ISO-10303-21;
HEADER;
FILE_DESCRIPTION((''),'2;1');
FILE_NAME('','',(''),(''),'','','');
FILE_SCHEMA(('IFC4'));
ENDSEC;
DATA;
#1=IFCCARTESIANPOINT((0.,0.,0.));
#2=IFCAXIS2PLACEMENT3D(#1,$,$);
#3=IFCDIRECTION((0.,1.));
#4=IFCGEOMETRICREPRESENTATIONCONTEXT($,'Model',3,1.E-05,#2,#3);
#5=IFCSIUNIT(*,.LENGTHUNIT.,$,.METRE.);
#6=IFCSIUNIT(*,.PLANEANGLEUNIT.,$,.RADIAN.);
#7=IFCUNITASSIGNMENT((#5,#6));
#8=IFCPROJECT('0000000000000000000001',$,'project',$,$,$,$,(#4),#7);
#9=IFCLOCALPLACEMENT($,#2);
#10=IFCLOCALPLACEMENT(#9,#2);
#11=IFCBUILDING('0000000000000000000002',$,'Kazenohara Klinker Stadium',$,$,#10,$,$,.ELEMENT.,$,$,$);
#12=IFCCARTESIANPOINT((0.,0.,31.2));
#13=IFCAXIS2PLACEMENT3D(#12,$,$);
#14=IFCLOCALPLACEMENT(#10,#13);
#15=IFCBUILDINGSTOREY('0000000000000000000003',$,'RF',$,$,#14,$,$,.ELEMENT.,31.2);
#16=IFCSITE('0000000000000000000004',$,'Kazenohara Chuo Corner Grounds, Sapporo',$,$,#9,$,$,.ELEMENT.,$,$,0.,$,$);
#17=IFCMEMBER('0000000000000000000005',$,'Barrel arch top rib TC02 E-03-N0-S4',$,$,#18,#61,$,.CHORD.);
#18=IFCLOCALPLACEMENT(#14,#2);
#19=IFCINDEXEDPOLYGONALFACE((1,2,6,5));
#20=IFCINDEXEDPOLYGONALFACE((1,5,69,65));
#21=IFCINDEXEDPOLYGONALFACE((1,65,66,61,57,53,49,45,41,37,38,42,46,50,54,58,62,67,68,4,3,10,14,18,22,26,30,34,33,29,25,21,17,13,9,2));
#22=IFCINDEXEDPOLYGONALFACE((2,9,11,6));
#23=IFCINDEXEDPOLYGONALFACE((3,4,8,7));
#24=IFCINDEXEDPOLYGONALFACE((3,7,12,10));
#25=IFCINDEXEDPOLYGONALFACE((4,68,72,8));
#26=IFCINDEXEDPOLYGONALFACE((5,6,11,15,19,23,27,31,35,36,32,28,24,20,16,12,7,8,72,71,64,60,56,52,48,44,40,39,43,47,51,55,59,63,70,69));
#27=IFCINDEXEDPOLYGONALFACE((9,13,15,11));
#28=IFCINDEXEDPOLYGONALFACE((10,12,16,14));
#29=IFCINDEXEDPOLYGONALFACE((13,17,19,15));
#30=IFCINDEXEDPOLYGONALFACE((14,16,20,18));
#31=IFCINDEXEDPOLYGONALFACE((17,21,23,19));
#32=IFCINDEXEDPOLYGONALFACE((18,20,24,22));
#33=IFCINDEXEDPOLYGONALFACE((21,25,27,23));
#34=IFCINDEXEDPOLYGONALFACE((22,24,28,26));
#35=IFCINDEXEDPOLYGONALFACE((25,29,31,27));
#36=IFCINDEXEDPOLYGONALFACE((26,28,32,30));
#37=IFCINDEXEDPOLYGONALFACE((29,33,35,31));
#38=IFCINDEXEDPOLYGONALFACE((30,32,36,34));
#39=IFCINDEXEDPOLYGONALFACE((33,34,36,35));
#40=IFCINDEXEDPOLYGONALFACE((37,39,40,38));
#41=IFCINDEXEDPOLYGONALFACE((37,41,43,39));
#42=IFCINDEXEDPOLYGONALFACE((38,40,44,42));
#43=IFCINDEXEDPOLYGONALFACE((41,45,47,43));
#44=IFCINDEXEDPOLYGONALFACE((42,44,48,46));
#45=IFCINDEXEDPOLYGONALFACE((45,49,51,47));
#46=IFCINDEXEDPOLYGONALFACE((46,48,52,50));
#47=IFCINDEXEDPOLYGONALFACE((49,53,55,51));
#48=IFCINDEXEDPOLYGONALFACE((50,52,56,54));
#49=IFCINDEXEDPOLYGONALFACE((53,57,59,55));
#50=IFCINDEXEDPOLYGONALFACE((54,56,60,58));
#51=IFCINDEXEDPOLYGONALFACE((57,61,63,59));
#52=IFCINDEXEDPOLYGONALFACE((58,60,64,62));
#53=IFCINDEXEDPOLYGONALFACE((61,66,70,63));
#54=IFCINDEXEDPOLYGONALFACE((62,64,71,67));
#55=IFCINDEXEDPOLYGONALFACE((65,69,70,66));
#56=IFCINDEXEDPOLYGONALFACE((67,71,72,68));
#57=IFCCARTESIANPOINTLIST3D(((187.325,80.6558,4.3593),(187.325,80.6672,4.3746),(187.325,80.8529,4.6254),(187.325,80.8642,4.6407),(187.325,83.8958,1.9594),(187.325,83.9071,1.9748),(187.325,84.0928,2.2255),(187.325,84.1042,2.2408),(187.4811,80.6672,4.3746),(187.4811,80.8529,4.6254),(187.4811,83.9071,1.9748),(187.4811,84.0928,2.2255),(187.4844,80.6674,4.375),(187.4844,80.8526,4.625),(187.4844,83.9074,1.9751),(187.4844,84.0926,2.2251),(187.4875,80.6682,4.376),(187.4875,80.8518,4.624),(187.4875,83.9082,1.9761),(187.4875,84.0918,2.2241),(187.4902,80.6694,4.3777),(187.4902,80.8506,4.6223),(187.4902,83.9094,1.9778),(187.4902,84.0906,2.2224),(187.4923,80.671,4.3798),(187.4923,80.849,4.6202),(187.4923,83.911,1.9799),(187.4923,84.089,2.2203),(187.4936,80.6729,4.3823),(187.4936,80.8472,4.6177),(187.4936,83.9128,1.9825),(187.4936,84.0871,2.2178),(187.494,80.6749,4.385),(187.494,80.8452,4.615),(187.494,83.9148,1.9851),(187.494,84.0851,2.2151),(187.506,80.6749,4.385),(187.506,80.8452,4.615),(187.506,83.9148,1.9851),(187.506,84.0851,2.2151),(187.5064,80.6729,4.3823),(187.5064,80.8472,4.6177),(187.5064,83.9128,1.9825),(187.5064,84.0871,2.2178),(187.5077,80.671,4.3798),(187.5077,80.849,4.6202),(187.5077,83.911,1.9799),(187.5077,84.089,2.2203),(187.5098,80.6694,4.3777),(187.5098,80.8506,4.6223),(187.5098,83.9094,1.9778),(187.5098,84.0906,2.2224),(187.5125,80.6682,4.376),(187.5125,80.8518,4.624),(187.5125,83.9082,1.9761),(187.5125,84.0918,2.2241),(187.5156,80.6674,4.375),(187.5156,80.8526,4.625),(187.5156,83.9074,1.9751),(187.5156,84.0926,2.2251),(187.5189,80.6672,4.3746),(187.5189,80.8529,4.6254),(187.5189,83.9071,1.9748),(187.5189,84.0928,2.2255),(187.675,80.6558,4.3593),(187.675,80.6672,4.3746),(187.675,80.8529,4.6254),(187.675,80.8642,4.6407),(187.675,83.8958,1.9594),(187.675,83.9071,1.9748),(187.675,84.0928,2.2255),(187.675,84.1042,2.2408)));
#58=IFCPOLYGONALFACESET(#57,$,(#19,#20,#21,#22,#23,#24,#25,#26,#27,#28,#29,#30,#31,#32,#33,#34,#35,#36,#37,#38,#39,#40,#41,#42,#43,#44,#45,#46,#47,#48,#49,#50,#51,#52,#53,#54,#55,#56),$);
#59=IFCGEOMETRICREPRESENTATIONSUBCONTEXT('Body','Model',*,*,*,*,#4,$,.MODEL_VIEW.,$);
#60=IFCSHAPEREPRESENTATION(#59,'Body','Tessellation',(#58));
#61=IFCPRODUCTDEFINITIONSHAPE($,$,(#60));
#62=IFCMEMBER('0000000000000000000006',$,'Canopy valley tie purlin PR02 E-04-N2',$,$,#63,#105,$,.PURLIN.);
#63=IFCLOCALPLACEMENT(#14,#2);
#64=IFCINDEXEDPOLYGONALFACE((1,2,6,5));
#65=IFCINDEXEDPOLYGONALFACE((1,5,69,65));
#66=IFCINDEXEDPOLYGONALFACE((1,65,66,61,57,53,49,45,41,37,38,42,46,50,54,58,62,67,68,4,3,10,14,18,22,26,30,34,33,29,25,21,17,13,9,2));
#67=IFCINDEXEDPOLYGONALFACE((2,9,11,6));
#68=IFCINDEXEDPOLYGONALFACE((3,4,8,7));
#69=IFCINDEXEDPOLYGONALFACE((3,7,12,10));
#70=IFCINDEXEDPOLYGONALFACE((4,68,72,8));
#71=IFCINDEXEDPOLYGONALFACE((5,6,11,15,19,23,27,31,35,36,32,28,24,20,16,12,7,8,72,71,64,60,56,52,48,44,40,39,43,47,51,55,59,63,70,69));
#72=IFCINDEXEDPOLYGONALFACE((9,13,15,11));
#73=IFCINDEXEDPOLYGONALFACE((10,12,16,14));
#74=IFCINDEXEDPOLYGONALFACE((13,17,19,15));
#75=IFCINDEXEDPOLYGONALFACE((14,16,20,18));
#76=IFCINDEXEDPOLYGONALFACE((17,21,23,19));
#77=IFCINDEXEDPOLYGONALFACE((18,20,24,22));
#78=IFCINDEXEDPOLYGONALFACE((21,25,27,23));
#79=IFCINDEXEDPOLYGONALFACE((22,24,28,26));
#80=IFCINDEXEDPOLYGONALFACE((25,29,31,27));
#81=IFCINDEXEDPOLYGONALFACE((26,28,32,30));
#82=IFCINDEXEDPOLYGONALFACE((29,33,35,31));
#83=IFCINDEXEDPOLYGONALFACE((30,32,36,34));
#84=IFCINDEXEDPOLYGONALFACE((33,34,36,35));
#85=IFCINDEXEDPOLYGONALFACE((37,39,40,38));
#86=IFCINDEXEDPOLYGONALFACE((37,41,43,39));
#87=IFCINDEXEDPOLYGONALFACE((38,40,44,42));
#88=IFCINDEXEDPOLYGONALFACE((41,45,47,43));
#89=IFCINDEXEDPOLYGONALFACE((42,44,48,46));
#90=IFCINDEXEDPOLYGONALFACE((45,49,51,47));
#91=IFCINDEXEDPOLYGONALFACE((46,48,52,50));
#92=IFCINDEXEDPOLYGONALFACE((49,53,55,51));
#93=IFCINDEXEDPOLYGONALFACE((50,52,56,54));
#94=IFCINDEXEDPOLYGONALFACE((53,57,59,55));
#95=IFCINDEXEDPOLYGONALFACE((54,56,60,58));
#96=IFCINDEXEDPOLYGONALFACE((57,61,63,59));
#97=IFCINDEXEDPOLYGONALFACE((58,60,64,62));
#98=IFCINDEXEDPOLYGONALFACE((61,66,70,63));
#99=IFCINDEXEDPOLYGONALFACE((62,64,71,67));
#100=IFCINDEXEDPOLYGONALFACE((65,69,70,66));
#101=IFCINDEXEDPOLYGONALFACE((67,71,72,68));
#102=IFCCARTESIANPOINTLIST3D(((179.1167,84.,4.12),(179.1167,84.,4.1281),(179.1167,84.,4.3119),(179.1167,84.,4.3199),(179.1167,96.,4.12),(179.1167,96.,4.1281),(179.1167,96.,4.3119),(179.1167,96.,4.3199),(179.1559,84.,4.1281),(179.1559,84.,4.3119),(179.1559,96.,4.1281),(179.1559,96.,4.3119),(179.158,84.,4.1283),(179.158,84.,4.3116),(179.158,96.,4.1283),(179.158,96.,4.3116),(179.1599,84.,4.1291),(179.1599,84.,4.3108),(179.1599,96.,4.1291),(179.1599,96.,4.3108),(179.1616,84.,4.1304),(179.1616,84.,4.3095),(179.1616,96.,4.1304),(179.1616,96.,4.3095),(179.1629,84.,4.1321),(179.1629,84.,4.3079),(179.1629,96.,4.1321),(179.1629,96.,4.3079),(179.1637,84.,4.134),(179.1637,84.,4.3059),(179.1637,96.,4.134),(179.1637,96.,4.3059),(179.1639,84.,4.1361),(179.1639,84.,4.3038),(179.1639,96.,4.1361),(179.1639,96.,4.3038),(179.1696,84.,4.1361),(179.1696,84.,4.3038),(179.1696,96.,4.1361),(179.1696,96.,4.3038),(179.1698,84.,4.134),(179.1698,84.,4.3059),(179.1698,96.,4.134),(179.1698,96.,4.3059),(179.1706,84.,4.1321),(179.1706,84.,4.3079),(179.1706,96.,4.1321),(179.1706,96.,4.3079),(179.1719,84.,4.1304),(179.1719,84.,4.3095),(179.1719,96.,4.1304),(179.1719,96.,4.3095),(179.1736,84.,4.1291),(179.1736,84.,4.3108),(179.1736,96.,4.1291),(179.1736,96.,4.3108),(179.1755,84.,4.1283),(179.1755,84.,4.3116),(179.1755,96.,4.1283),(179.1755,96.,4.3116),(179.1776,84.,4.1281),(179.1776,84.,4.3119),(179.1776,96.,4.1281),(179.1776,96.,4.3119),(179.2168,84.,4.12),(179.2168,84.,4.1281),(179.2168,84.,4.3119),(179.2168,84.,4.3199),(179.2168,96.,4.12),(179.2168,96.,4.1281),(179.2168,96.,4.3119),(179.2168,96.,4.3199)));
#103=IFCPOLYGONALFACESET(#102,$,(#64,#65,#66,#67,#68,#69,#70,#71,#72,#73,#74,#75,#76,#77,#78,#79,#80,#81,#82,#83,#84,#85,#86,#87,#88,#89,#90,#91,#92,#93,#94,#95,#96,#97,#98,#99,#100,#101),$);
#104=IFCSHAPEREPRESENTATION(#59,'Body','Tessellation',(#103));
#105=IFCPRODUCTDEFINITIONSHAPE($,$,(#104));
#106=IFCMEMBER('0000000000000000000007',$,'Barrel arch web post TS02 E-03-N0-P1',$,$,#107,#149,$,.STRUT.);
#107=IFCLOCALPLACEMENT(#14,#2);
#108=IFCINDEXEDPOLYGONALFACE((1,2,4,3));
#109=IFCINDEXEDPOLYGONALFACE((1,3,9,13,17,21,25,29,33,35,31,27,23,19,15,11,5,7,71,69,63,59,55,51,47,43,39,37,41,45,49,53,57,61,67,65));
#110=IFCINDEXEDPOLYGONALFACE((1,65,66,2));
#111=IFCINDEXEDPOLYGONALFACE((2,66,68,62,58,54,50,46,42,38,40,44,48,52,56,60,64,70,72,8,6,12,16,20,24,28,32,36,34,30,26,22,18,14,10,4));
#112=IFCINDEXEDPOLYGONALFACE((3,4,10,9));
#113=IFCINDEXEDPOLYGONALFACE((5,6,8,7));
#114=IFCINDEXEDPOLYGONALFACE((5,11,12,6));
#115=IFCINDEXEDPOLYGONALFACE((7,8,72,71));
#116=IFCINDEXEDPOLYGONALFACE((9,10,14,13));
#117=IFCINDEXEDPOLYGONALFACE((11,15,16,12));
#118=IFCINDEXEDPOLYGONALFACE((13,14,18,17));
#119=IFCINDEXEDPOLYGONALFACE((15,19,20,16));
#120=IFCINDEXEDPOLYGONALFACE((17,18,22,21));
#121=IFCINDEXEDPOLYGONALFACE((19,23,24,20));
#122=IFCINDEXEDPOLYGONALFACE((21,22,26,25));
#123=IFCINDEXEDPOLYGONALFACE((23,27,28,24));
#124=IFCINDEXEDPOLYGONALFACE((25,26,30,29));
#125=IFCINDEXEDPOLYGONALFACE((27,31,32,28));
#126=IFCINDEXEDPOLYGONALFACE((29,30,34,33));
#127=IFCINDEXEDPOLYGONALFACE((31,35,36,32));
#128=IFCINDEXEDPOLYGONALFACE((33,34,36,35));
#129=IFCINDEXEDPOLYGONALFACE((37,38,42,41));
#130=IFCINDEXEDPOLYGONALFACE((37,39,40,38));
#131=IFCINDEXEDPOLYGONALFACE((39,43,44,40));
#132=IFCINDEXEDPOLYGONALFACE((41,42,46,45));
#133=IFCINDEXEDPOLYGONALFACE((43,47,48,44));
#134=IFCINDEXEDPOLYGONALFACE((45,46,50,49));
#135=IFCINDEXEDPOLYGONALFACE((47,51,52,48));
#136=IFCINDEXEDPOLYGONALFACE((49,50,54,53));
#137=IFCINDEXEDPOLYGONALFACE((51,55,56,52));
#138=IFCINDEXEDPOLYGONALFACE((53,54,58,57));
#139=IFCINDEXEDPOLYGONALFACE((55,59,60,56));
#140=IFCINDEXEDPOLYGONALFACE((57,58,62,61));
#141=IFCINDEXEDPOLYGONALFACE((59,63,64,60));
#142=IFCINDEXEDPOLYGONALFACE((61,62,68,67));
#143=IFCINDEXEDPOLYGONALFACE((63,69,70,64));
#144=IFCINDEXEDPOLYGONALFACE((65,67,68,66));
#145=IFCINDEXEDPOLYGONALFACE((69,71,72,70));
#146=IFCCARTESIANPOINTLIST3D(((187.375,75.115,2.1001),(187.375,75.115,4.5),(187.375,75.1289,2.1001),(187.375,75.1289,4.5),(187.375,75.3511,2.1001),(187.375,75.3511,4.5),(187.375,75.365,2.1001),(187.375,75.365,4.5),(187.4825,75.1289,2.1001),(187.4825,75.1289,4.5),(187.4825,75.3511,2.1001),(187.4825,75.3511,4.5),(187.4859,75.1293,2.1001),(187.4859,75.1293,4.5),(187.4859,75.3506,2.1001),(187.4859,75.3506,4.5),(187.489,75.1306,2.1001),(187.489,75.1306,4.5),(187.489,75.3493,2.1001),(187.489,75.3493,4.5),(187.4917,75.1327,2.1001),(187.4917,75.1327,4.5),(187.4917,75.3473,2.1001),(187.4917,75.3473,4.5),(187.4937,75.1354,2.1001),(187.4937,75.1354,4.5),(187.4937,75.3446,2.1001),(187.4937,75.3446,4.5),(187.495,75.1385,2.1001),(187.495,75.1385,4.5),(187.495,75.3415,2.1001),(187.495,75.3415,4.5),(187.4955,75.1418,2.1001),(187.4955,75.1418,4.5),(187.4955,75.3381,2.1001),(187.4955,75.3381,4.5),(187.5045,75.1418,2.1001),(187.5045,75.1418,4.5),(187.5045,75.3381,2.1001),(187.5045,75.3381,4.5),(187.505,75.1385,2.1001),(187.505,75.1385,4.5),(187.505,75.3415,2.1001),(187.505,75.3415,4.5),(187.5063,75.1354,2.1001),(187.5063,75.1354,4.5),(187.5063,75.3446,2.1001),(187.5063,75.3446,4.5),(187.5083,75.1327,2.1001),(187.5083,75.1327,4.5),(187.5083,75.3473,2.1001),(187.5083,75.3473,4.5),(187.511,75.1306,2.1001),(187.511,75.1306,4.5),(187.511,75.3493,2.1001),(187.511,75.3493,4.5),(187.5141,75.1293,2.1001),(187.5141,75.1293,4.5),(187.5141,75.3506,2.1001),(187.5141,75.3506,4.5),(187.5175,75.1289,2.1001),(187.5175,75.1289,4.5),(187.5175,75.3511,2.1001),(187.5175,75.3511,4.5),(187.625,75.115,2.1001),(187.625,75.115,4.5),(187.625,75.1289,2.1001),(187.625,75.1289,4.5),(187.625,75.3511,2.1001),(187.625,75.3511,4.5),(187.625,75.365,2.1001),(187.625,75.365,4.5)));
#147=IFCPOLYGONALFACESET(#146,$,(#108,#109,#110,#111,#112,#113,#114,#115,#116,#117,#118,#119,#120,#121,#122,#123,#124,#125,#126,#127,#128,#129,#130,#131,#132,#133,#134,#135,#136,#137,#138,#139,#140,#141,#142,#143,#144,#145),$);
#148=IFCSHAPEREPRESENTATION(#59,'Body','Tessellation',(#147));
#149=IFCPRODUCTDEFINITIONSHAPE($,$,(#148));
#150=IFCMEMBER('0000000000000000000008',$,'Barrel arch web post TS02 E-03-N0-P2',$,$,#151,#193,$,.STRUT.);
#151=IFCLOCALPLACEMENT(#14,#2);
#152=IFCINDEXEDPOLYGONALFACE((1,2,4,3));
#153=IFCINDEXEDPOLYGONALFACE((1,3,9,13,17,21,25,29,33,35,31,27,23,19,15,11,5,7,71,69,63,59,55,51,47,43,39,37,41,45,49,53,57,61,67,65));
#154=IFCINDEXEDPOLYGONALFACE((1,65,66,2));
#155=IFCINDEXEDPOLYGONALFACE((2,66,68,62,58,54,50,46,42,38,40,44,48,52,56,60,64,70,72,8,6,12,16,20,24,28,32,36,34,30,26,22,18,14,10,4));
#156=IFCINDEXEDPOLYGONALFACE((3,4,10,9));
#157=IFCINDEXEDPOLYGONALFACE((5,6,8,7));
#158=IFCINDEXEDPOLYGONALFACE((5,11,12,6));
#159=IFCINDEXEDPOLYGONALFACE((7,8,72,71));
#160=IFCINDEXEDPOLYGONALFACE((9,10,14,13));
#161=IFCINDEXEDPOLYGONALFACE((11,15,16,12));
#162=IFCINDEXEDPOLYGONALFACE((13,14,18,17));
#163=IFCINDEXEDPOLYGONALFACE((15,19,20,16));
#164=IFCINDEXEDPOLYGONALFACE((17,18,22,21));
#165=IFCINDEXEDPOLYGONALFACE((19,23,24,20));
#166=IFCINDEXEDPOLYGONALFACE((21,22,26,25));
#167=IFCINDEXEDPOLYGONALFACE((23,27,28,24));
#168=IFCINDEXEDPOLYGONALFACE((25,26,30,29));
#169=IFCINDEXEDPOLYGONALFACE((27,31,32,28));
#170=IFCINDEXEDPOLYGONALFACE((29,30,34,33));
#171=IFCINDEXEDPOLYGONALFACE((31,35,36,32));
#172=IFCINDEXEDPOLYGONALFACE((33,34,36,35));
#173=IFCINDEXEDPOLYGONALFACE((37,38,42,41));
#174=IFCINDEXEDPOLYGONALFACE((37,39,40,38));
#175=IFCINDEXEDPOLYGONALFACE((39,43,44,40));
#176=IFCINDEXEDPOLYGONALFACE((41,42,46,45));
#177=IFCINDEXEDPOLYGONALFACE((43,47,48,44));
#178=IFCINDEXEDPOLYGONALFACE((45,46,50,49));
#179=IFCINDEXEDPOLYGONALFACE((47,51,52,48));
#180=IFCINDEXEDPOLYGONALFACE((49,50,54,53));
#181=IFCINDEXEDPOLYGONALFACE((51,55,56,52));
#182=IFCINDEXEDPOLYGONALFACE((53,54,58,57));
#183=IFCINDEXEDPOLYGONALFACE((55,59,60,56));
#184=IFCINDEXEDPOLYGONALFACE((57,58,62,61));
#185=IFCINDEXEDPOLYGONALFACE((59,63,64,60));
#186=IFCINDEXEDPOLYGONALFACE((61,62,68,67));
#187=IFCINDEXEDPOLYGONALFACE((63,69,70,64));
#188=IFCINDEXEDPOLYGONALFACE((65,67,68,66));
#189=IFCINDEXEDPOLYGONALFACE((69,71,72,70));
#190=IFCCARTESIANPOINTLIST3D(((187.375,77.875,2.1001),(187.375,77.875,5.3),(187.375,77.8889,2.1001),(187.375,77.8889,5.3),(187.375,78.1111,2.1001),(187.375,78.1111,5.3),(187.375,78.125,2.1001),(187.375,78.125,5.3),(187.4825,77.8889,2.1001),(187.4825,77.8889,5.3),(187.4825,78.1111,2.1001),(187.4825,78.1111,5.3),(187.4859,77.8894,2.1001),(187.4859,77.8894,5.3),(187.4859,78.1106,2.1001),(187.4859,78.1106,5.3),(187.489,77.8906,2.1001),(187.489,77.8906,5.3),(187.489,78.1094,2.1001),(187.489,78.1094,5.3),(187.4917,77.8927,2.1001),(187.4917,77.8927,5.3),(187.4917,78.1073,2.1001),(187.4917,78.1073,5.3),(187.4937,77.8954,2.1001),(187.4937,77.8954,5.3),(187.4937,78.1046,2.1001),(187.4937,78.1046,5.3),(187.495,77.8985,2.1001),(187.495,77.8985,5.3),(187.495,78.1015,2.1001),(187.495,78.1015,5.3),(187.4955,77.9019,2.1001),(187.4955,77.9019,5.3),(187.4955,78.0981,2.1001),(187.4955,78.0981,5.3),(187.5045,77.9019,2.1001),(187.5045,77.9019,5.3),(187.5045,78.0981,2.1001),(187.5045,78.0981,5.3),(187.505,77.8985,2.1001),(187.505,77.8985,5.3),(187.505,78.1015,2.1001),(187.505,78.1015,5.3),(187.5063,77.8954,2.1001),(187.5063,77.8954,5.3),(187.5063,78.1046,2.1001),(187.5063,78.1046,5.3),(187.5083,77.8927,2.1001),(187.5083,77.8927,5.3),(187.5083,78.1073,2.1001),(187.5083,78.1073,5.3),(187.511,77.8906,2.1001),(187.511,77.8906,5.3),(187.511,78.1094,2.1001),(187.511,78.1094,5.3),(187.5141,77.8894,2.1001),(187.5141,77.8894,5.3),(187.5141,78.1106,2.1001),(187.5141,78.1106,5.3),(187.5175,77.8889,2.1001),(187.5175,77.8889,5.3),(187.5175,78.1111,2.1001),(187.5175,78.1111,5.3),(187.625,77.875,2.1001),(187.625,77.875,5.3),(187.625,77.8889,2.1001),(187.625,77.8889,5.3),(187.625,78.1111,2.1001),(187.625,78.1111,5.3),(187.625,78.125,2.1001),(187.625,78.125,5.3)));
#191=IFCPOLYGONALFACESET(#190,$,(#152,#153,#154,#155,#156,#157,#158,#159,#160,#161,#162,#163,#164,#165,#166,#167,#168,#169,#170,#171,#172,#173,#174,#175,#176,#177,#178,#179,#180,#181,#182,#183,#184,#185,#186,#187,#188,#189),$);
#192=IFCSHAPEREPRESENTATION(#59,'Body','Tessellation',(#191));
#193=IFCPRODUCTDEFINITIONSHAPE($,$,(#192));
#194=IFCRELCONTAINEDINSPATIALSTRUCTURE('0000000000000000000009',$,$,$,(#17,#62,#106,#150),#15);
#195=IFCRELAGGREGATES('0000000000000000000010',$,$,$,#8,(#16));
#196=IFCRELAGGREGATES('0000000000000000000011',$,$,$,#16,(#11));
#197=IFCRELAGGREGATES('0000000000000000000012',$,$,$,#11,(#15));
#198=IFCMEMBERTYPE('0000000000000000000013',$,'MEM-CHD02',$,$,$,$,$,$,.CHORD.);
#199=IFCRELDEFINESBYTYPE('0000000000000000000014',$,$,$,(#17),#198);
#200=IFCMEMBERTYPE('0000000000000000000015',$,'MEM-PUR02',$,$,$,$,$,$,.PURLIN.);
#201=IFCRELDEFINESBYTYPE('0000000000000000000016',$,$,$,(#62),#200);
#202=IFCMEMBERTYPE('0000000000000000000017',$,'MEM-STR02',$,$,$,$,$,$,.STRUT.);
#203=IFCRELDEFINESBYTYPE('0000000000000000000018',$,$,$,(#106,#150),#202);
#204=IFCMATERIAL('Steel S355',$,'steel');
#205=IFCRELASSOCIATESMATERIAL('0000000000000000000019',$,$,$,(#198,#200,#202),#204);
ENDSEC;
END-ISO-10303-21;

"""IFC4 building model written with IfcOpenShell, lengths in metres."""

from ifc_helpers import new_model, si_unit, direction, frame, origin, origin_2d, place, context, subcontext, project, spatial, i_section, extrude, material, material_profile, profile_set, type_object, element, save


model = new_model("IFC4")

# Units and contexts
model_context = context("Model", 3, precision=1e-05, world=origin(), true_north=direction((0.0, 1.0)))
body_context = subcontext(model_context, "Body", "Model", "MODEL_VIEW")
ifc_project = project(units=[si_unit("LENGTHUNIT", "METRE"), si_unit("PLANEANGLEUNIT", "RADIAN")], contexts=[model_context])

# Site, building, storey
site_placement = place(None, origin())
site = spatial("IfcSite", under=ifc_project, at=site_placement, Name="Kazenohara Chuo Corner Grounds, Sapporo", CompositionType="ELEMENT", RefElevation=0.0)
building_placement = place(site_placement, origin())
building = spatial("IfcBuilding", under=site, at=building_placement, Name="Kazenohara Klinker Stadium", CompositionType="ELEMENT")
storey_placement = place(building_placement, frame((0.0, 0.0, 31.2)))
storey = spatial("IfcBuildingStorey", under=building, at=storey_placement, Name="RF", CompositionType="ELEMENT", Elevation=31.2)

# Members
ifc_material_1 = material(Name="Steel S355", Category="steel")
ifc_material_profile_1 = material_profile(ifc_material_1, i_section(OverallWidth=0.3501, OverallDepth=0.3501, WebThickness=0.012, FlangeThickness=0.019, FilletRadius=0.0129, at=origin_2d()), Name="H-350x350x12x19")
ifc_profile_set_1 = profile_set([ifc_material_profile_1], Name="Steel S355")
member_type_1 = type_object("IfcMemberType", Name="MEM-CHD02", PredefinedType="CHORD", material=ifc_profile_set_1)
member_1_placement = place(storey_placement, frame((187.5, 80.76, 4.5), z_axis=(0.0, 0.803568, -0.595213), x_axis=(-1.0, 0.0, 0.0)))
element("IfcMember", 1, at=member_1_placement, inside=storey, type_object=member_type_1, Name="Barrel arch top rib TC02 E-03-N0-S4", PredefinedType="CHORD", context=body_context, shape_type="SweptSolid", body=[
    extrude(i_section(OverallWidth=0.3501, OverallDepth=0.3501, WebThickness=0.012, FlangeThickness=0.019, FilletRadius=0.0129, at=origin_2d()), origin(), (0.0, 0.0, 1.0), 4.032),
])
ifc_material_profile_2 = material_profile(ifc_material_1, i_section(OverallWidth=0.1001, OverallDepth=0.2, WebThickness=0.0056, FlangeThickness=0.0081, FilletRadius=0.0081, at=origin_2d()), Name="H-200x100x5.5x8")
ifc_profile_set_2 = profile_set([ifc_material_profile_2], Name="Steel S355")
member_type_2 = type_object("IfcMemberType", Name="MEM-PUR02", PredefinedType="PURLIN", material=ifc_profile_set_2)
member_2_placement = place(storey_placement, frame((179.1667, 84.0, 4.22), z_axis=(0.0, 1.0, 0.0), x_axis=(-1.0, 0.0, 0.0)))
element("IfcMember", 2, at=member_2_placement, inside=storey, type_object=member_type_2, Name="Canopy valley tie purlin PR02 E-04-N2", PredefinedType="PURLIN", context=body_context, shape_type="SweptSolid", body=[
    extrude(i_section(OverallWidth=0.1001, OverallDepth=0.2, WebThickness=0.0056, FlangeThickness=0.0081, FilletRadius=0.0081, at=origin_2d()), origin(), (0.0, 0.0, 1.0), 12.0),
])
ifc_material_profile_3 = material_profile(ifc_material_1, i_section(OverallWidth=0.25, OverallDepth=0.25, WebThickness=0.009, FlangeThickness=0.0139, FilletRadius=0.0129, at=origin_2d()), Name="H-250x250x9x14")
ifc_profile_set_3 = profile_set([ifc_material_profile_3], Name="Steel S355")
member_type_3 = type_object("IfcMemberType", Name="MEM-STR02", PredefinedType="STRUT", material=ifc_profile_set_3)
member_3_placement = place(storey_placement, frame((187.5, 75.24, 2.1001), z_axis=(0.0, 0.0, 1.0), x_axis=(1.0, 0.0, 0.0)))
element("IfcMember", 3, at=member_3_placement, inside=storey, type_object=member_type_3, Name="Barrel arch web post TS02 E-03-N0-P1", PredefinedType="STRUT", context=body_context, shape_type="SweptSolid", body=[
    extrude(i_section(OverallWidth=0.25, OverallDepth=0.25, WebThickness=0.009, FlangeThickness=0.0139, FilletRadius=0.0129, at=origin_2d()), origin(), (0.0, 0.0, 1.0), 2.3999),
])
member_4_placement = place(storey_placement, frame((187.5, 78.0, 2.1001), z_axis=(0.0, 0.0, 1.0), x_axis=(1.0, 0.0, 0.0)))
element("IfcMember", 4, at=member_4_placement, inside=storey, type_object=member_type_3, Name="Barrel arch web post TS02 E-03-N0-P2", PredefinedType="STRUT", context=body_context, shape_type="SweptSolid", body=[
    extrude(i_section(OverallWidth=0.25, OverallDepth=0.25, WebThickness=0.009, FlangeThickness=0.0139, FilletRadius=0.0129, at=origin_2d()), origin(), (0.0, 0.0, 1.0), 3.2),
])

save(model, "model.ifc")
